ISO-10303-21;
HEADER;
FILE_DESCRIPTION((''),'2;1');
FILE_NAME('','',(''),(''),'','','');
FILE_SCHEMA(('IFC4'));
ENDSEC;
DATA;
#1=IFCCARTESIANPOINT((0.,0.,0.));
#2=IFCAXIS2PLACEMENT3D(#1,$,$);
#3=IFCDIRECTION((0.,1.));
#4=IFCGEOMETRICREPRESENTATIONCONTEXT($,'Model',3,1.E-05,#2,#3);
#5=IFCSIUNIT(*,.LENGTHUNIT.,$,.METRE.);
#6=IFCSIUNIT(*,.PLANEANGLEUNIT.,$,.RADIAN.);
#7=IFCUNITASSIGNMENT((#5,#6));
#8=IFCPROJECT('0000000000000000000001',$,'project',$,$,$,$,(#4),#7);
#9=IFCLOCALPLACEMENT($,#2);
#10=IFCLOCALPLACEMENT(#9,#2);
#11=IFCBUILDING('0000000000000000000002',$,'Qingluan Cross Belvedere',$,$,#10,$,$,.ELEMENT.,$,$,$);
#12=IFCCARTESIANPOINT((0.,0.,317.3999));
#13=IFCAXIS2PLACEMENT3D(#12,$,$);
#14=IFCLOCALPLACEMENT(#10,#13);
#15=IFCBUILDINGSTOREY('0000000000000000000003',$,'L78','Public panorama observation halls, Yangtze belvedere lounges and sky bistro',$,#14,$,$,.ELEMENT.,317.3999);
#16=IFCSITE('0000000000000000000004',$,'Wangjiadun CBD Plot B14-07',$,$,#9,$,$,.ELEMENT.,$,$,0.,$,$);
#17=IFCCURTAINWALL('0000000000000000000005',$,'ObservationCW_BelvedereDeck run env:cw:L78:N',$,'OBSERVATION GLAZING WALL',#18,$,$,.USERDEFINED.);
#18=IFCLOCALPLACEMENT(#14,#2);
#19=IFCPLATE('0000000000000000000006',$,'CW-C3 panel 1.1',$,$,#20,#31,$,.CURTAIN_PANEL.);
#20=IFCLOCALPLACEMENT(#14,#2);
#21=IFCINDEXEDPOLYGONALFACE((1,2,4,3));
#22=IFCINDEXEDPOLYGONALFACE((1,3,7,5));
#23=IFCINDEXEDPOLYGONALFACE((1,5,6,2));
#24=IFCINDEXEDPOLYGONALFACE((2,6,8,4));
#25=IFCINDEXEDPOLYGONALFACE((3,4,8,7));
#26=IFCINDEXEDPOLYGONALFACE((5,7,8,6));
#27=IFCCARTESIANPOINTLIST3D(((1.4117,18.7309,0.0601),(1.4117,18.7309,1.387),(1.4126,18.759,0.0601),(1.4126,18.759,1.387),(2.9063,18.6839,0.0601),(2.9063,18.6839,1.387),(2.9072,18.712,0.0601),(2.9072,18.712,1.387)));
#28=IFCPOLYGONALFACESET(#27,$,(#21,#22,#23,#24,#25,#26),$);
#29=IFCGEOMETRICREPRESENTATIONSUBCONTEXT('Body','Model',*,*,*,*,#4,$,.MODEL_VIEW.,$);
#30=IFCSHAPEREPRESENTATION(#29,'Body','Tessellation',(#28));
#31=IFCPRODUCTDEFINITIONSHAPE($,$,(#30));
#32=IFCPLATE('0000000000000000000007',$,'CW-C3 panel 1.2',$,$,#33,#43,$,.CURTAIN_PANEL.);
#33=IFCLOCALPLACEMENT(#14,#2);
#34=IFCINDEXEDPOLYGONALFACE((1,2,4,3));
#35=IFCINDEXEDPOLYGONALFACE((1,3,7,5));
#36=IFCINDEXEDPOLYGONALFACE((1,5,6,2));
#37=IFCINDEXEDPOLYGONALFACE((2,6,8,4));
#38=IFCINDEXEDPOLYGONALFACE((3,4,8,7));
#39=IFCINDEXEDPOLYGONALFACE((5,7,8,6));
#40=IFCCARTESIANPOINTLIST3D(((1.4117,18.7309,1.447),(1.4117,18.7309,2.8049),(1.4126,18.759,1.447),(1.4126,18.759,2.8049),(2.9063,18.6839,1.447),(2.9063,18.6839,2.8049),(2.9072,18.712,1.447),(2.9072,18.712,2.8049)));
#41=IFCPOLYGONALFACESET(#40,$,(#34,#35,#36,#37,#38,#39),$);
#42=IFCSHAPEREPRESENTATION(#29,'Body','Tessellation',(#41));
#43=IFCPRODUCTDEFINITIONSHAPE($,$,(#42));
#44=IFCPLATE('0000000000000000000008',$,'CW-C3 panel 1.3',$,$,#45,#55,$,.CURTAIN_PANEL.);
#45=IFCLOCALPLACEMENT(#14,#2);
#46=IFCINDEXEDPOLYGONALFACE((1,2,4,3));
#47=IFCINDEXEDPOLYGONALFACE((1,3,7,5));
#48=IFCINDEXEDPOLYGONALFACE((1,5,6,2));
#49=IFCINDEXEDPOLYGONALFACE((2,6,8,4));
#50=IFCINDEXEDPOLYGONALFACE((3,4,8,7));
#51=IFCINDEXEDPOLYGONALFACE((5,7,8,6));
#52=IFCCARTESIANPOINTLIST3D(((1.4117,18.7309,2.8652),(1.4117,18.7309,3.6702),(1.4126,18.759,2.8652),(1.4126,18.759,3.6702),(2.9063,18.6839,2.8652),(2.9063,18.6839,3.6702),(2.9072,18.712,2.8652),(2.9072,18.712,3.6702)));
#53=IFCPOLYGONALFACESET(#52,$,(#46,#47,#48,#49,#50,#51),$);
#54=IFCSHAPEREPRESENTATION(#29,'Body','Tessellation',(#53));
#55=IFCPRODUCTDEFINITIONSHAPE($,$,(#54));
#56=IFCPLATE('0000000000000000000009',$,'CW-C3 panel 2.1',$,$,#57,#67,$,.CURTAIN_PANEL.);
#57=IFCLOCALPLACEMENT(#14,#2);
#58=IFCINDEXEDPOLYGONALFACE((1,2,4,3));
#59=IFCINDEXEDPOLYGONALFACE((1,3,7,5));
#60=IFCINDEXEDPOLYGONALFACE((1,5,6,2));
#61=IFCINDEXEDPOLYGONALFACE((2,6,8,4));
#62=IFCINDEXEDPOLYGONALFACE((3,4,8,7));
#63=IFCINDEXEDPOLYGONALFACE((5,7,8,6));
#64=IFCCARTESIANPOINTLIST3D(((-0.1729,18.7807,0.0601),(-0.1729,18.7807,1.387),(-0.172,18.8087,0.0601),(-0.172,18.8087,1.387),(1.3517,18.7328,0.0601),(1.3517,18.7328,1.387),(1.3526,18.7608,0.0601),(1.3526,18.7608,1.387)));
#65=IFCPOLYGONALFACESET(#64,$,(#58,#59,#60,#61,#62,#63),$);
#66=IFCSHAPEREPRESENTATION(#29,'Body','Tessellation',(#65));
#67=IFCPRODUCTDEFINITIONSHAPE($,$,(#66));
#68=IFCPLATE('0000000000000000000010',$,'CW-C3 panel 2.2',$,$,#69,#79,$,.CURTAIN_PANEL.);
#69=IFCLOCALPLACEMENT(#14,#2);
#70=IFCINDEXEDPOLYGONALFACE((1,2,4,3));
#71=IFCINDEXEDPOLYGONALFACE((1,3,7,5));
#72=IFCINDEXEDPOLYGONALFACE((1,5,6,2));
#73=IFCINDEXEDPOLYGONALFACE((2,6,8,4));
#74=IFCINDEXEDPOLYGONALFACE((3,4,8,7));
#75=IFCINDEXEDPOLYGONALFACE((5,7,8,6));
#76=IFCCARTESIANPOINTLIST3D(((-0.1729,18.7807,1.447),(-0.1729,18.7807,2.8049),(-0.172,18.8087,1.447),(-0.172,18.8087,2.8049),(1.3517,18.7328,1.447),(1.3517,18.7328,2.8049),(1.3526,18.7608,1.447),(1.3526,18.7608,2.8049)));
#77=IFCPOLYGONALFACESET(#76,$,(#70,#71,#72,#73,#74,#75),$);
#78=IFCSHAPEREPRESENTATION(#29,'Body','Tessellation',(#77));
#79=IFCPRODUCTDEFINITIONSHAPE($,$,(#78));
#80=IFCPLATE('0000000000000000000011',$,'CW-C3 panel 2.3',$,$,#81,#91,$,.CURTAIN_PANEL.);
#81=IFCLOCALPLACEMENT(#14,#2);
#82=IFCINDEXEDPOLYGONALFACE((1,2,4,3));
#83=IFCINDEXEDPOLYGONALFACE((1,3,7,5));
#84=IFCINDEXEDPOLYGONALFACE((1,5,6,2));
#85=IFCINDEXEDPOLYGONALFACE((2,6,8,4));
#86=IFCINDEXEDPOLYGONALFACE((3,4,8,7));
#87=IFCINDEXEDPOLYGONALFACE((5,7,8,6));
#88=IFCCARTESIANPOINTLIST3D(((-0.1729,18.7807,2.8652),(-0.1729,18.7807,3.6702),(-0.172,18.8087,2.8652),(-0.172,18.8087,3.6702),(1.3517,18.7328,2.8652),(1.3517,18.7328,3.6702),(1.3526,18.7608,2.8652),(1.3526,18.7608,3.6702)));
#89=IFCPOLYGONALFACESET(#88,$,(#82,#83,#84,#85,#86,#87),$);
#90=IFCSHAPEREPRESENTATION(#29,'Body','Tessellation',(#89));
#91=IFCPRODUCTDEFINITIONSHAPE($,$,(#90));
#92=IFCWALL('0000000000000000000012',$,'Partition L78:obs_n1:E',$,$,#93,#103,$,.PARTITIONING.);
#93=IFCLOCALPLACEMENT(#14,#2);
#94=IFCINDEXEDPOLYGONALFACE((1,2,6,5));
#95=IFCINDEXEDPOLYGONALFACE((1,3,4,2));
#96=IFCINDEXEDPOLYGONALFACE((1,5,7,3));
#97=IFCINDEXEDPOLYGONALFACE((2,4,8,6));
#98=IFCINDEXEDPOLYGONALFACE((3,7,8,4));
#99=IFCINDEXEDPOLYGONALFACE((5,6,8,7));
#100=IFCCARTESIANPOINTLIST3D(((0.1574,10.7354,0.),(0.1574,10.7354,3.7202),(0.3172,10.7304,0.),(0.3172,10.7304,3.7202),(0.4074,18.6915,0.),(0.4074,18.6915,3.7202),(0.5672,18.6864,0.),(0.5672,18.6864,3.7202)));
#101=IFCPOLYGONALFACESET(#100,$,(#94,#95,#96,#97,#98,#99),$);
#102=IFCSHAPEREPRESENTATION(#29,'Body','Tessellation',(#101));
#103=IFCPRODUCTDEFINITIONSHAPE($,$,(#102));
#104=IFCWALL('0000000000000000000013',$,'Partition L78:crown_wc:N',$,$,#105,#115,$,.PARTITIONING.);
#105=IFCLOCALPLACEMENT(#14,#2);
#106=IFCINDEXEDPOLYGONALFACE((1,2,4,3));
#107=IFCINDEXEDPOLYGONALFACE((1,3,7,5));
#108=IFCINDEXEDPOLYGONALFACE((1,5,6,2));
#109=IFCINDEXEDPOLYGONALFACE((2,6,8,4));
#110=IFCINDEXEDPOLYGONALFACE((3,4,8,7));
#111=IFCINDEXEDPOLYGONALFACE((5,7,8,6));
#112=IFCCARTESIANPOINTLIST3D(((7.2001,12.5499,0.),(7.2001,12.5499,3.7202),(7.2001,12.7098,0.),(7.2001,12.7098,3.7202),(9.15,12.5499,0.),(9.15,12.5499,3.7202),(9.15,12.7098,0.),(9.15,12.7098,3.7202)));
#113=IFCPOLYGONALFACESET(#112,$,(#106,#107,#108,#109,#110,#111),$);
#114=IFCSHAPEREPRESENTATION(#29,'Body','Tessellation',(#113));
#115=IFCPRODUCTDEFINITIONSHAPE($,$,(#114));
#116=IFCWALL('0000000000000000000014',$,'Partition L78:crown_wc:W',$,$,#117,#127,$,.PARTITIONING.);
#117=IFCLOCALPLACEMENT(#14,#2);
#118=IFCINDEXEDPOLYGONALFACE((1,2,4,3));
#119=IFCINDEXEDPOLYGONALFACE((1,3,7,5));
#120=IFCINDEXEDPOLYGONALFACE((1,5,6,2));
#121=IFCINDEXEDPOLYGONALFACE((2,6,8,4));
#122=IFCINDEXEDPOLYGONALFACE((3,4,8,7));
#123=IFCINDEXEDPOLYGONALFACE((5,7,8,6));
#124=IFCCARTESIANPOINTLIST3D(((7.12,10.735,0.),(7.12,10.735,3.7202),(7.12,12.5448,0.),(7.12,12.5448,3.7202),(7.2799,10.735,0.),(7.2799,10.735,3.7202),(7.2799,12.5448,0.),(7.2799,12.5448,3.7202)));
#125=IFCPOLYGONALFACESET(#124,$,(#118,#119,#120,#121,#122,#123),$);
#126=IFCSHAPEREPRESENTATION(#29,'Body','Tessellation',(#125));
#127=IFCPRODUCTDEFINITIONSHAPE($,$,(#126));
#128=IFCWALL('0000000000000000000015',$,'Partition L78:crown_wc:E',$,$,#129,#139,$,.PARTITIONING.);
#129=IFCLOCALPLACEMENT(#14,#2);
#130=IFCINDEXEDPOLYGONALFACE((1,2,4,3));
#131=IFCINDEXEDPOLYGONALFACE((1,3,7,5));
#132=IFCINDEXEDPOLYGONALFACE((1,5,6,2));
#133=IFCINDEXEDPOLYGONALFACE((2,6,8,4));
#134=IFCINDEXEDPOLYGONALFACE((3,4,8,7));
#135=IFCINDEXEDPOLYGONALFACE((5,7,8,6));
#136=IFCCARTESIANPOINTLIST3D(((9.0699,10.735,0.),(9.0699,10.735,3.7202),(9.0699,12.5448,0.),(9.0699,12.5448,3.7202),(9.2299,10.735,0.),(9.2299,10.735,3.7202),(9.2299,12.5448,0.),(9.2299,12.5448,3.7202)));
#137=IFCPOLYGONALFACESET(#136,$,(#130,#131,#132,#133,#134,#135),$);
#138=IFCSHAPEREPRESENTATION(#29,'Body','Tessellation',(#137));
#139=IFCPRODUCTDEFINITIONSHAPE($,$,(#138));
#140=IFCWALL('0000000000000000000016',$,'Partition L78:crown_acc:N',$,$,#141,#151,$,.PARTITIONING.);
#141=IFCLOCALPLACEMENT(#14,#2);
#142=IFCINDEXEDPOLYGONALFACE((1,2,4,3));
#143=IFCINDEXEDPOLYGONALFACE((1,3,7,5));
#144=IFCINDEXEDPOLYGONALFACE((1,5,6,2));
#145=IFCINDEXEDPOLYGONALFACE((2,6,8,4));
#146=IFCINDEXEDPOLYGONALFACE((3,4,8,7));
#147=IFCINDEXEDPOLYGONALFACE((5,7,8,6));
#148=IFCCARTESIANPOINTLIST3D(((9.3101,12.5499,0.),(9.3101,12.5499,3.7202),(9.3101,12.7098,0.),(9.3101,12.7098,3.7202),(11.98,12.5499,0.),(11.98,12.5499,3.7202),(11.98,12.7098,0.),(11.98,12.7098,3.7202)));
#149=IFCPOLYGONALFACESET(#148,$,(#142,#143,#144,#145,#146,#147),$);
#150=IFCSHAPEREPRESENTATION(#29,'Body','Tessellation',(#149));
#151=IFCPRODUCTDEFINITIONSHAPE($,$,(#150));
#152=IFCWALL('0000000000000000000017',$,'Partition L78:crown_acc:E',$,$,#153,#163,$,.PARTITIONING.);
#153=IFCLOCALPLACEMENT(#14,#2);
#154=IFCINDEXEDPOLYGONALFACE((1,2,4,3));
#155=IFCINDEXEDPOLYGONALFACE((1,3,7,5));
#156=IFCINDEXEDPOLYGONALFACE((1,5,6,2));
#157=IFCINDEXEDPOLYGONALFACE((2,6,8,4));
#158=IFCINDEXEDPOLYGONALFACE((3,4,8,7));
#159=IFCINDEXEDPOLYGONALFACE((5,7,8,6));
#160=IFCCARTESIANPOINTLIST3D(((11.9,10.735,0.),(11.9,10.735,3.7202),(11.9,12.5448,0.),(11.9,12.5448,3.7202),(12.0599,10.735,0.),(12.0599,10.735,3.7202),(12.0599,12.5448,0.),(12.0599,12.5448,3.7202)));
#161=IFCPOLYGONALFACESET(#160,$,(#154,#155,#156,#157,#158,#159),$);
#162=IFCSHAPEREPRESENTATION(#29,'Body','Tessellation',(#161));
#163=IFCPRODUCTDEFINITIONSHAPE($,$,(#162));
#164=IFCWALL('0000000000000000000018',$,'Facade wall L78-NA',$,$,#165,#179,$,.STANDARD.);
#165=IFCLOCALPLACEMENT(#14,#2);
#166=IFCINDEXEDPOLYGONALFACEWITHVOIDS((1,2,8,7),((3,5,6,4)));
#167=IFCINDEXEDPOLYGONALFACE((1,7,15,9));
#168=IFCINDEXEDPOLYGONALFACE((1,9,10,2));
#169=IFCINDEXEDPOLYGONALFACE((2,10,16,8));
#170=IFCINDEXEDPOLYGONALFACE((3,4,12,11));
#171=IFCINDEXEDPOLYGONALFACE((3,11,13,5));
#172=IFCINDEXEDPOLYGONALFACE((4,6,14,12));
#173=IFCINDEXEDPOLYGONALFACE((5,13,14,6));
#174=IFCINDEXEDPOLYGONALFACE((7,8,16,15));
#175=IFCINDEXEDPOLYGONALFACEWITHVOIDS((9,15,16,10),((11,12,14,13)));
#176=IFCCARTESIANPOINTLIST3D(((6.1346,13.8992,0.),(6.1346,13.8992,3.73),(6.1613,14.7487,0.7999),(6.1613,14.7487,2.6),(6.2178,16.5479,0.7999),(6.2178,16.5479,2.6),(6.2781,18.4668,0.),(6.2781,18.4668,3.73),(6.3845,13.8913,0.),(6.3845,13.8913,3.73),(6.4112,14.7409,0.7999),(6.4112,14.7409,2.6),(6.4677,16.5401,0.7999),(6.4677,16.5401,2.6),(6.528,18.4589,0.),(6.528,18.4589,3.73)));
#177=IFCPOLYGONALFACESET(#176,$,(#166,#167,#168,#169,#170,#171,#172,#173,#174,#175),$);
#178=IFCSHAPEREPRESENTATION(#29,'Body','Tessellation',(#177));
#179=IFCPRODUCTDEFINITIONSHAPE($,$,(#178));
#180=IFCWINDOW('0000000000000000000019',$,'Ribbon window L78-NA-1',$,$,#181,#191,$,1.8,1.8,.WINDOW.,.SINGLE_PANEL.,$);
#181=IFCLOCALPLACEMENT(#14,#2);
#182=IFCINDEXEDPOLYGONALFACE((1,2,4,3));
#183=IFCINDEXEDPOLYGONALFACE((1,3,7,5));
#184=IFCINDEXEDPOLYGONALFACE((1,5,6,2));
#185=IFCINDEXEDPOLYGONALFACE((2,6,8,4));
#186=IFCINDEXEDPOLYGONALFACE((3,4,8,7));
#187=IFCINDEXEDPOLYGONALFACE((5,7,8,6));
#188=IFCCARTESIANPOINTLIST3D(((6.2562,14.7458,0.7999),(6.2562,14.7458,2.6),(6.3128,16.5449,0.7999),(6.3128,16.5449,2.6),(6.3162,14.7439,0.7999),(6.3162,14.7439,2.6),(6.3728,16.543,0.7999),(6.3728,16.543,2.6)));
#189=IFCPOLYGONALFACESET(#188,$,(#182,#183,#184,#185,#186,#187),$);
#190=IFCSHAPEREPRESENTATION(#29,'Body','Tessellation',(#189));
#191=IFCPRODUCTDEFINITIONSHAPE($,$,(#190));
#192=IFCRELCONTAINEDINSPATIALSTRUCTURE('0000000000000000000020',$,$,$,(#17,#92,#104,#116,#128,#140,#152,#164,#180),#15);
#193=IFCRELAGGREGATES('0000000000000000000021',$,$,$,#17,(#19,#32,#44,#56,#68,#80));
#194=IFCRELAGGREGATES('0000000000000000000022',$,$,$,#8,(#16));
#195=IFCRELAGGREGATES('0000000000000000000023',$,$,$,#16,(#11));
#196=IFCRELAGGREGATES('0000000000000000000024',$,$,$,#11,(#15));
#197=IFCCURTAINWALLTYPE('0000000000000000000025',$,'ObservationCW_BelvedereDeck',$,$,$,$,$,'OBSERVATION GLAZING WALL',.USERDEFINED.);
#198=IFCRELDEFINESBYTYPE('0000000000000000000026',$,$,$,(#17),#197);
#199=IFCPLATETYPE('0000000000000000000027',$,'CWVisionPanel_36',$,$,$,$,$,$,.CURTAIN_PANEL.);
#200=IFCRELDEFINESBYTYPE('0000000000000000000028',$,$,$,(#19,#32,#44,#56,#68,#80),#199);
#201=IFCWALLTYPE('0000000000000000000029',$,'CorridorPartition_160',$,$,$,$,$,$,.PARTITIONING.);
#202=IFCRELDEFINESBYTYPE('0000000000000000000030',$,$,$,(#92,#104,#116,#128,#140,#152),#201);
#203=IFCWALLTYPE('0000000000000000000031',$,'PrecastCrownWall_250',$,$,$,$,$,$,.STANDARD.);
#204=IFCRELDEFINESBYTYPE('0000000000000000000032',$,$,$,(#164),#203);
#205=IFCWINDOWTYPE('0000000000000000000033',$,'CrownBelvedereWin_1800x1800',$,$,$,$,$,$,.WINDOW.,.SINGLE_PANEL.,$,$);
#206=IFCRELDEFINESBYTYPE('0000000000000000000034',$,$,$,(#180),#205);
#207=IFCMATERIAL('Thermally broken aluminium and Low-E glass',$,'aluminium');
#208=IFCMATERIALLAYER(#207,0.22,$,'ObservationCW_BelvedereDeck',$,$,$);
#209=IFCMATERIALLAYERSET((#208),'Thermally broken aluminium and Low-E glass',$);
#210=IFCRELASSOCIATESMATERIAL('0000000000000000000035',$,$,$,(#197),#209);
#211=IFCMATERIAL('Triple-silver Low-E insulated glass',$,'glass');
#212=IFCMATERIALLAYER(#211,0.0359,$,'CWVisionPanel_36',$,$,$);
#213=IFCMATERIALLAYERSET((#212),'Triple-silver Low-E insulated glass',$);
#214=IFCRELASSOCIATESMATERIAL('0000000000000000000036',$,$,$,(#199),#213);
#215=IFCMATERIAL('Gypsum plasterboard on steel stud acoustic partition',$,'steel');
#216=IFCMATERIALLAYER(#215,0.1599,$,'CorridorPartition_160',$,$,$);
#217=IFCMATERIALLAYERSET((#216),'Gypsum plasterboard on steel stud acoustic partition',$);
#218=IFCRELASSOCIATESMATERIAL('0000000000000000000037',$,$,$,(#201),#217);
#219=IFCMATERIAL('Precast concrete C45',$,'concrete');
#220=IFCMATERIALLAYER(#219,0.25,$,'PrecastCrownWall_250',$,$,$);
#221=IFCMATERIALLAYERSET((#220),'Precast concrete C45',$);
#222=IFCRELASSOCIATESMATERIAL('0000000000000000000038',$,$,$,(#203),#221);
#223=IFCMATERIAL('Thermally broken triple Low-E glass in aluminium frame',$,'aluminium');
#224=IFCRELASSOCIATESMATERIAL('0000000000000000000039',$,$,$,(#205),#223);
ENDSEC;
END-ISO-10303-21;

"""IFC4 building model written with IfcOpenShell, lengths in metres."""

from ifc_helpers import new_model, si_unit, direction, frame, frame_2d, origin, origin_2d, place, context, subcontext, project, spatial, rectangle, extrude, material, layer, layer_set, type_object, element, fill, aggregate, save


model = new_model("IFC4")

# Units and contexts
model_context = context("Model", 3, precision=1e-05, world=origin(), true_north=direction((0.0, 1.0)))
body_context = subcontext(model_context, "Body", "Model", "MODEL_VIEW")
ifc_project = project(units=[si_unit("LENGTHUNIT", "METRE"), si_unit("PLANEANGLEUNIT", "RADIAN")], contexts=[model_context])

# Site, building, storey
site_placement = place(None, origin())
site = spatial("IfcSite", under=ifc_project, at=site_placement, Name="Wangjiadun CBD Plot B14-07", CompositionType="ELEMENT", RefElevation=0.0)
building_placement = place(site_placement, origin())
building = spatial("IfcBuilding", under=site, at=building_placement, Name="Qingluan Cross Belvedere", CompositionType="ELEMENT")
storey_placement = place(building_placement, frame((0.0, 0.0, 317.3999)))
storey = spatial("IfcBuildingStorey", under=building, at=storey_placement, Name="L78", Description="Public panorama observation halls, Yangtze belvedere lounges and sky bistro", CompositionType="ELEMENT", Elevation=317.3999)

# Curtain wall
ifc_material_1 = material(Name="Thermally broken aluminium and Low-E glass", Category="aluminium")
ifc_layer_1 = layer(ifc_material_1, 0.22, Name="ObservationCW_BelvedereDeck")
ifc_layer_set_1 = layer_set([ifc_layer_1], Name="Thermally broken aluminium and Low-E glass")
curtain_wall_type = type_object("IfcCurtainWallType", Name="ObservationCW_BelvedereDeck", ElementType="OBSERVATION GLAZING WALL", PredefinedType="USERDEFINED", material=ifc_layer_set_1)
curtain_wall_placement = place(storey_placement, origin())
curtain_wall = element("IfcCurtainWall", 1, at=curtain_wall_placement, inside=storey, type_object=curtain_wall_type, Name="ObservationCW_BelvedereDeck run env:cw:L78:N", ObjectType="OBSERVATION GLAZING WALL", PredefinedType="USERDEFINED")

# Plates
ifc_material_2 = material(Name="Triple-silver Low-E insulated glass", Category="glass")
ifc_layer_2 = layer(ifc_material_2, 0.0359, Name="CWVisionPanel_36")
ifc_layer_set_2 = layer_set([ifc_layer_2], Name="Triple-silver Low-E insulated glass")
plate_type = type_object("IfcPlateType", Name="CWVisionPanel_36", PredefinedType="CURTAIN_PANEL", material=ifc_layer_set_2)
plate_1_placement = place(storey_placement, frame((2.1594, 18.7214, 0.0601), z_axis=(0.0, 0.0, 1.0), x_axis=(-0.999506, 0.031413, 0.0)))
plate_1 = element("IfcPlate", 2, at=plate_1_placement, type_object=plate_type, Name="CW-C3 panel 1.1", PredefinedType="CURTAIN_PANEL", context=body_context, shape_type="SweptSolid", body=[
    extrude(rectangle(XDim=1.4954, YDim=0.0281, at=origin_2d()), origin(), (0.0, 0.0, 1.0), 1.3269),
])
plate_2_placement = place(storey_placement, frame((2.1594, 18.7214, 1.447), z_axis=(0.0, 0.0, 1.0), x_axis=(-0.999506, 0.031413, 0.0)))
plate_2 = element("IfcPlate", 3, at=plate_2_placement, type_object=plate_type, Name="CW-C3 panel 1.2", PredefinedType="CURTAIN_PANEL", context=body_context, shape_type="SweptSolid", body=[
    extrude(rectangle(XDim=1.4954, YDim=0.0281, at=origin_2d()), origin(), (0.0, 0.0, 1.0), 1.3579),
])
plate_3_placement = place(storey_placement, frame((2.1594, 18.7214, 2.8652), z_axis=(0.0, 0.0, 1.0), x_axis=(-0.999506, 0.031413, 0.0)))
plate_3 = element("IfcPlate", 4, at=plate_3_placement, type_object=plate_type, Name="CW-C3 panel 1.3", PredefinedType="CURTAIN_PANEL", context=body_context, shape_type="SweptSolid", body=[
    extrude(rectangle(XDim=1.4954, YDim=0.0281, at=origin_2d()), origin(), (0.0, 0.0, 1.0), 0.8049),
])
plate_4_placement = place(storey_placement, frame((0.5898, 18.7708, 0.0601), z_axis=(0.0, 0.0, 1.0), x_axis=(-0.999506, 0.031413, 0.0)))
plate_4 = element("IfcPlate", 5, at=plate_4_placement, type_object=plate_type, Name="CW-C3 panel 2.1", PredefinedType="CURTAIN_PANEL", context=body_context, shape_type="SweptSolid", body=[
    extrude(rectangle(XDim=1.5254, YDim=0.0281, at=origin_2d()), origin(), (0.0, 0.0, 1.0), 1.3269),
])
plate_5_placement = place(storey_placement, frame((0.5898, 18.7708, 1.447), z_axis=(0.0, 0.0, 1.0), x_axis=(-0.999506, 0.031413, 0.0)))
plate_5 = element("IfcPlate", 6, at=plate_5_placement, type_object=plate_type, Name="CW-C3 panel 2.2", PredefinedType="CURTAIN_PANEL", context=body_context, shape_type="SweptSolid", body=[
    extrude(rectangle(XDim=1.5254, YDim=0.0281, at=origin_2d()), origin(), (0.0, 0.0, 1.0), 1.3579),
])
plate_6_placement = place(storey_placement, frame((0.5898, 18.7708, 2.8652), z_axis=(0.0, 0.0, 1.0), x_axis=(-0.999506, 0.031413, 0.0)))
plate_6 = element("IfcPlate", 7, at=plate_6_placement, type_object=plate_type, Name="CW-C3 panel 2.3", PredefinedType="CURTAIN_PANEL", context=body_context, shape_type="SweptSolid", body=[
    extrude(rectangle(XDim=1.5254, YDim=0.0281, at=origin_2d()), origin(), (0.0, 0.0, 1.0), 0.8049),
])
aggregate(curtain_wall, [plate_1, plate_2, plate_3, plate_4, plate_5, plate_6])

# Walls
ifc_material_3 = material(Name="Gypsum plasterboard on steel stud acoustic partition", Category="steel")
ifc_layer_3 = layer(ifc_material_3, 0.1599, Name="CorridorPartition_160")
ifc_layer_set_3 = layer_set([ifc_layer_3], Name="Gypsum plasterboard on steel stud acoustic partition")
wall_type_1 = type_object("IfcWallType", Name="CorridorPartition_160", PredefinedType="PARTITIONING", material=ifc_layer_set_3)
wall_1_placement = place(storey_placement, frame((0.2373, 10.7329, 0.0), z_axis=(0.0, 0.0, 1.0), x_axis=(0.031407, 0.999507, 0.0)))
element("IfcWall", 8, at=wall_1_placement, inside=storey, type_object=wall_type_1, Name="Partition L78:obs_n1:E", PredefinedType="PARTITIONING", context=body_context, shape_type="SweptSolid", body=[
    extrude(rectangle(XDim=7.96, YDim=0.1599, at=frame_2d((3.98, 0.0))), origin(), (0.0, 0.0, 1.0), 3.7202),
])
wall_2_placement = place(storey_placement, frame((7.2, 12.6299, 0.0), z_axis=(0.0, 0.0, 1.0), x_axis=(1.0, 0.0, 0.0)))
element("IfcWall", 9, at=wall_2_placement, inside=storey, type_object=wall_type_1, Name="Partition L78:crown_wc:N", PredefinedType="PARTITIONING", context=body_context, shape_type="SweptSolid", body=[
    extrude(rectangle(XDim=1.95, YDim=0.1599, at=frame_2d((0.9751, 0.0))), origin(), (0.0, 0.0, 1.0), 3.7202),
])
for number, where, z_axis, x_axis, name in (
    (10, (7.2, 10.7351, 0.0), (0.0, 0.0, 1.0), (0.0, 1.0, 0.0), "Partition L78:crown_wc:W"),
    (11, (9.1499, 10.7351, 0.0), (0.0, 0.0, 1.0), (0.0, 1.0, 0.0), "Partition L78:crown_wc:E"),
):
    element("IfcWall", number, at=place(storey_placement, frame(where, z_axis=z_axis, x_axis=x_axis)), inside=storey, type_object=wall_type_1, Name=name, PredefinedType="PARTITIONING", context=body_context, shape_type="SweptSolid", body=[
        extrude(rectangle(XDim=1.8098, YDim=0.1599, at=frame_2d((0.9048, 0.0))), origin(), (0.0, 0.0, 1.0), 3.7202),
    ])
wall_3_placement = place(storey_placement, frame((9.3101, 12.6299, 0.0), z_axis=(0.0, 0.0, 1.0), x_axis=(1.0, 0.0, 0.0)))
element("IfcWall", 12, at=wall_3_placement, inside=storey, type_object=wall_type_1, Name="Partition L78:crown_acc:N", PredefinedType="PARTITIONING", context=body_context, shape_type="SweptSolid", body=[
    extrude(rectangle(XDim=2.6699, YDim=0.1599, at=frame_2d((1.335, 0.0))), origin(), (0.0, 0.0, 1.0), 3.7202),
])
wall_4_placement = place(storey_placement, frame((11.98, 10.7351, 0.0), z_axis=(0.0, 0.0, 1.0), x_axis=(0.0, 1.0, 0.0)))
element("IfcWall", 13, at=wall_4_placement, inside=storey, type_object=wall_type_1, Name="Partition L78:crown_acc:E", PredefinedType="PARTITIONING", context=body_context, shape_type="SweptSolid", body=[
    extrude(rectangle(XDim=1.8098, YDim=0.1599, at=frame_2d((0.9048, 0.0))), origin(), (0.0, 0.0, 1.0), 3.7202),
])

# Wall, opening, window
ifc_material_4 = material(Name="Precast concrete C45", Category="concrete")
ifc_layer_4 = layer(ifc_material_4, 0.25, Name="PrecastCrownWall_250")
ifc_layer_set_4 = layer_set([ifc_layer_4], Name="Precast concrete C45")
wall_type_2 = type_object("IfcWallType", Name="PrecastCrownWall_250", PredefinedType="STANDARD", material=ifc_layer_set_4)
wall_5_placement = place(storey_placement, frame((6.2595, 13.8953, 0.0), z_axis=(0.0, 0.0, 1.0), x_axis=(0.031413, 0.999506, 0.0)))
wall_5 = element("IfcWall", 14, at=wall_5_placement, inside=storey, type_object=wall_type_2, Name="Facade wall L78-NA", PredefinedType="STANDARD", context=body_context, shape_type="SweptSolid", body=[
    extrude(rectangle(XDim=4.5698, YDim=0.25, at=frame_2d((2.2849, 0.0))), origin(), (0.0, 0.0, 1.0), 3.73),
])
opening_placement = place(wall_5_placement, frame((0.8501, 0.0, 0.8)))
opening = element("IfcOpeningElement", 15, at=opening_placement, cuts=wall_5, PredefinedType="OPENING", context=body_context, shape_type="SweptSolid", body=[
    extrude(rectangle(XDim=1.8, YDim=1.8, at=frame_2d((0.8999, 0.8999))), frame((0.0, 0.135, 0.0), z_axis=(0.0, -1.0, 0.0), x_axis=(1.0, 0.0, 0.0)), (0.0, 0.0, 1.0), 0.27),
])
ifc_material_5 = material(Name="Thermally broken triple Low-E glass in aluminium frame", Category="aluminium")
window_type = type_object("IfcWindowType", Name="CrownBelvedereWin_1800x1800", PartitioningType="SINGLE_PANEL", PredefinedType="WINDOW", material=ifc_material_5)
window_placement = place(opening_placement, origin())
window = element("IfcWindow", 16, at=window_placement, inside=storey, type_object=window_type, Name="Ribbon window L78-NA-1", OverallHeight=1.8, OverallWidth=1.8, PartitioningType="SINGLE_PANEL", PredefinedType="WINDOW", context=body_context, shape_type="SweptSolid", body=[
    extrude(rectangle(XDim=1.8, YDim=1.8, at=frame_2d((0.8999, 0.8999))), frame((0.0, 0.03, 0.0), z_axis=(0.0, -1.0, 0.0), x_axis=(1.0, 0.0, 0.0)), (0.0, 0.0, 1.0), 0.0601),
])
fill(opening, window)

save(model, "model.ifc")
